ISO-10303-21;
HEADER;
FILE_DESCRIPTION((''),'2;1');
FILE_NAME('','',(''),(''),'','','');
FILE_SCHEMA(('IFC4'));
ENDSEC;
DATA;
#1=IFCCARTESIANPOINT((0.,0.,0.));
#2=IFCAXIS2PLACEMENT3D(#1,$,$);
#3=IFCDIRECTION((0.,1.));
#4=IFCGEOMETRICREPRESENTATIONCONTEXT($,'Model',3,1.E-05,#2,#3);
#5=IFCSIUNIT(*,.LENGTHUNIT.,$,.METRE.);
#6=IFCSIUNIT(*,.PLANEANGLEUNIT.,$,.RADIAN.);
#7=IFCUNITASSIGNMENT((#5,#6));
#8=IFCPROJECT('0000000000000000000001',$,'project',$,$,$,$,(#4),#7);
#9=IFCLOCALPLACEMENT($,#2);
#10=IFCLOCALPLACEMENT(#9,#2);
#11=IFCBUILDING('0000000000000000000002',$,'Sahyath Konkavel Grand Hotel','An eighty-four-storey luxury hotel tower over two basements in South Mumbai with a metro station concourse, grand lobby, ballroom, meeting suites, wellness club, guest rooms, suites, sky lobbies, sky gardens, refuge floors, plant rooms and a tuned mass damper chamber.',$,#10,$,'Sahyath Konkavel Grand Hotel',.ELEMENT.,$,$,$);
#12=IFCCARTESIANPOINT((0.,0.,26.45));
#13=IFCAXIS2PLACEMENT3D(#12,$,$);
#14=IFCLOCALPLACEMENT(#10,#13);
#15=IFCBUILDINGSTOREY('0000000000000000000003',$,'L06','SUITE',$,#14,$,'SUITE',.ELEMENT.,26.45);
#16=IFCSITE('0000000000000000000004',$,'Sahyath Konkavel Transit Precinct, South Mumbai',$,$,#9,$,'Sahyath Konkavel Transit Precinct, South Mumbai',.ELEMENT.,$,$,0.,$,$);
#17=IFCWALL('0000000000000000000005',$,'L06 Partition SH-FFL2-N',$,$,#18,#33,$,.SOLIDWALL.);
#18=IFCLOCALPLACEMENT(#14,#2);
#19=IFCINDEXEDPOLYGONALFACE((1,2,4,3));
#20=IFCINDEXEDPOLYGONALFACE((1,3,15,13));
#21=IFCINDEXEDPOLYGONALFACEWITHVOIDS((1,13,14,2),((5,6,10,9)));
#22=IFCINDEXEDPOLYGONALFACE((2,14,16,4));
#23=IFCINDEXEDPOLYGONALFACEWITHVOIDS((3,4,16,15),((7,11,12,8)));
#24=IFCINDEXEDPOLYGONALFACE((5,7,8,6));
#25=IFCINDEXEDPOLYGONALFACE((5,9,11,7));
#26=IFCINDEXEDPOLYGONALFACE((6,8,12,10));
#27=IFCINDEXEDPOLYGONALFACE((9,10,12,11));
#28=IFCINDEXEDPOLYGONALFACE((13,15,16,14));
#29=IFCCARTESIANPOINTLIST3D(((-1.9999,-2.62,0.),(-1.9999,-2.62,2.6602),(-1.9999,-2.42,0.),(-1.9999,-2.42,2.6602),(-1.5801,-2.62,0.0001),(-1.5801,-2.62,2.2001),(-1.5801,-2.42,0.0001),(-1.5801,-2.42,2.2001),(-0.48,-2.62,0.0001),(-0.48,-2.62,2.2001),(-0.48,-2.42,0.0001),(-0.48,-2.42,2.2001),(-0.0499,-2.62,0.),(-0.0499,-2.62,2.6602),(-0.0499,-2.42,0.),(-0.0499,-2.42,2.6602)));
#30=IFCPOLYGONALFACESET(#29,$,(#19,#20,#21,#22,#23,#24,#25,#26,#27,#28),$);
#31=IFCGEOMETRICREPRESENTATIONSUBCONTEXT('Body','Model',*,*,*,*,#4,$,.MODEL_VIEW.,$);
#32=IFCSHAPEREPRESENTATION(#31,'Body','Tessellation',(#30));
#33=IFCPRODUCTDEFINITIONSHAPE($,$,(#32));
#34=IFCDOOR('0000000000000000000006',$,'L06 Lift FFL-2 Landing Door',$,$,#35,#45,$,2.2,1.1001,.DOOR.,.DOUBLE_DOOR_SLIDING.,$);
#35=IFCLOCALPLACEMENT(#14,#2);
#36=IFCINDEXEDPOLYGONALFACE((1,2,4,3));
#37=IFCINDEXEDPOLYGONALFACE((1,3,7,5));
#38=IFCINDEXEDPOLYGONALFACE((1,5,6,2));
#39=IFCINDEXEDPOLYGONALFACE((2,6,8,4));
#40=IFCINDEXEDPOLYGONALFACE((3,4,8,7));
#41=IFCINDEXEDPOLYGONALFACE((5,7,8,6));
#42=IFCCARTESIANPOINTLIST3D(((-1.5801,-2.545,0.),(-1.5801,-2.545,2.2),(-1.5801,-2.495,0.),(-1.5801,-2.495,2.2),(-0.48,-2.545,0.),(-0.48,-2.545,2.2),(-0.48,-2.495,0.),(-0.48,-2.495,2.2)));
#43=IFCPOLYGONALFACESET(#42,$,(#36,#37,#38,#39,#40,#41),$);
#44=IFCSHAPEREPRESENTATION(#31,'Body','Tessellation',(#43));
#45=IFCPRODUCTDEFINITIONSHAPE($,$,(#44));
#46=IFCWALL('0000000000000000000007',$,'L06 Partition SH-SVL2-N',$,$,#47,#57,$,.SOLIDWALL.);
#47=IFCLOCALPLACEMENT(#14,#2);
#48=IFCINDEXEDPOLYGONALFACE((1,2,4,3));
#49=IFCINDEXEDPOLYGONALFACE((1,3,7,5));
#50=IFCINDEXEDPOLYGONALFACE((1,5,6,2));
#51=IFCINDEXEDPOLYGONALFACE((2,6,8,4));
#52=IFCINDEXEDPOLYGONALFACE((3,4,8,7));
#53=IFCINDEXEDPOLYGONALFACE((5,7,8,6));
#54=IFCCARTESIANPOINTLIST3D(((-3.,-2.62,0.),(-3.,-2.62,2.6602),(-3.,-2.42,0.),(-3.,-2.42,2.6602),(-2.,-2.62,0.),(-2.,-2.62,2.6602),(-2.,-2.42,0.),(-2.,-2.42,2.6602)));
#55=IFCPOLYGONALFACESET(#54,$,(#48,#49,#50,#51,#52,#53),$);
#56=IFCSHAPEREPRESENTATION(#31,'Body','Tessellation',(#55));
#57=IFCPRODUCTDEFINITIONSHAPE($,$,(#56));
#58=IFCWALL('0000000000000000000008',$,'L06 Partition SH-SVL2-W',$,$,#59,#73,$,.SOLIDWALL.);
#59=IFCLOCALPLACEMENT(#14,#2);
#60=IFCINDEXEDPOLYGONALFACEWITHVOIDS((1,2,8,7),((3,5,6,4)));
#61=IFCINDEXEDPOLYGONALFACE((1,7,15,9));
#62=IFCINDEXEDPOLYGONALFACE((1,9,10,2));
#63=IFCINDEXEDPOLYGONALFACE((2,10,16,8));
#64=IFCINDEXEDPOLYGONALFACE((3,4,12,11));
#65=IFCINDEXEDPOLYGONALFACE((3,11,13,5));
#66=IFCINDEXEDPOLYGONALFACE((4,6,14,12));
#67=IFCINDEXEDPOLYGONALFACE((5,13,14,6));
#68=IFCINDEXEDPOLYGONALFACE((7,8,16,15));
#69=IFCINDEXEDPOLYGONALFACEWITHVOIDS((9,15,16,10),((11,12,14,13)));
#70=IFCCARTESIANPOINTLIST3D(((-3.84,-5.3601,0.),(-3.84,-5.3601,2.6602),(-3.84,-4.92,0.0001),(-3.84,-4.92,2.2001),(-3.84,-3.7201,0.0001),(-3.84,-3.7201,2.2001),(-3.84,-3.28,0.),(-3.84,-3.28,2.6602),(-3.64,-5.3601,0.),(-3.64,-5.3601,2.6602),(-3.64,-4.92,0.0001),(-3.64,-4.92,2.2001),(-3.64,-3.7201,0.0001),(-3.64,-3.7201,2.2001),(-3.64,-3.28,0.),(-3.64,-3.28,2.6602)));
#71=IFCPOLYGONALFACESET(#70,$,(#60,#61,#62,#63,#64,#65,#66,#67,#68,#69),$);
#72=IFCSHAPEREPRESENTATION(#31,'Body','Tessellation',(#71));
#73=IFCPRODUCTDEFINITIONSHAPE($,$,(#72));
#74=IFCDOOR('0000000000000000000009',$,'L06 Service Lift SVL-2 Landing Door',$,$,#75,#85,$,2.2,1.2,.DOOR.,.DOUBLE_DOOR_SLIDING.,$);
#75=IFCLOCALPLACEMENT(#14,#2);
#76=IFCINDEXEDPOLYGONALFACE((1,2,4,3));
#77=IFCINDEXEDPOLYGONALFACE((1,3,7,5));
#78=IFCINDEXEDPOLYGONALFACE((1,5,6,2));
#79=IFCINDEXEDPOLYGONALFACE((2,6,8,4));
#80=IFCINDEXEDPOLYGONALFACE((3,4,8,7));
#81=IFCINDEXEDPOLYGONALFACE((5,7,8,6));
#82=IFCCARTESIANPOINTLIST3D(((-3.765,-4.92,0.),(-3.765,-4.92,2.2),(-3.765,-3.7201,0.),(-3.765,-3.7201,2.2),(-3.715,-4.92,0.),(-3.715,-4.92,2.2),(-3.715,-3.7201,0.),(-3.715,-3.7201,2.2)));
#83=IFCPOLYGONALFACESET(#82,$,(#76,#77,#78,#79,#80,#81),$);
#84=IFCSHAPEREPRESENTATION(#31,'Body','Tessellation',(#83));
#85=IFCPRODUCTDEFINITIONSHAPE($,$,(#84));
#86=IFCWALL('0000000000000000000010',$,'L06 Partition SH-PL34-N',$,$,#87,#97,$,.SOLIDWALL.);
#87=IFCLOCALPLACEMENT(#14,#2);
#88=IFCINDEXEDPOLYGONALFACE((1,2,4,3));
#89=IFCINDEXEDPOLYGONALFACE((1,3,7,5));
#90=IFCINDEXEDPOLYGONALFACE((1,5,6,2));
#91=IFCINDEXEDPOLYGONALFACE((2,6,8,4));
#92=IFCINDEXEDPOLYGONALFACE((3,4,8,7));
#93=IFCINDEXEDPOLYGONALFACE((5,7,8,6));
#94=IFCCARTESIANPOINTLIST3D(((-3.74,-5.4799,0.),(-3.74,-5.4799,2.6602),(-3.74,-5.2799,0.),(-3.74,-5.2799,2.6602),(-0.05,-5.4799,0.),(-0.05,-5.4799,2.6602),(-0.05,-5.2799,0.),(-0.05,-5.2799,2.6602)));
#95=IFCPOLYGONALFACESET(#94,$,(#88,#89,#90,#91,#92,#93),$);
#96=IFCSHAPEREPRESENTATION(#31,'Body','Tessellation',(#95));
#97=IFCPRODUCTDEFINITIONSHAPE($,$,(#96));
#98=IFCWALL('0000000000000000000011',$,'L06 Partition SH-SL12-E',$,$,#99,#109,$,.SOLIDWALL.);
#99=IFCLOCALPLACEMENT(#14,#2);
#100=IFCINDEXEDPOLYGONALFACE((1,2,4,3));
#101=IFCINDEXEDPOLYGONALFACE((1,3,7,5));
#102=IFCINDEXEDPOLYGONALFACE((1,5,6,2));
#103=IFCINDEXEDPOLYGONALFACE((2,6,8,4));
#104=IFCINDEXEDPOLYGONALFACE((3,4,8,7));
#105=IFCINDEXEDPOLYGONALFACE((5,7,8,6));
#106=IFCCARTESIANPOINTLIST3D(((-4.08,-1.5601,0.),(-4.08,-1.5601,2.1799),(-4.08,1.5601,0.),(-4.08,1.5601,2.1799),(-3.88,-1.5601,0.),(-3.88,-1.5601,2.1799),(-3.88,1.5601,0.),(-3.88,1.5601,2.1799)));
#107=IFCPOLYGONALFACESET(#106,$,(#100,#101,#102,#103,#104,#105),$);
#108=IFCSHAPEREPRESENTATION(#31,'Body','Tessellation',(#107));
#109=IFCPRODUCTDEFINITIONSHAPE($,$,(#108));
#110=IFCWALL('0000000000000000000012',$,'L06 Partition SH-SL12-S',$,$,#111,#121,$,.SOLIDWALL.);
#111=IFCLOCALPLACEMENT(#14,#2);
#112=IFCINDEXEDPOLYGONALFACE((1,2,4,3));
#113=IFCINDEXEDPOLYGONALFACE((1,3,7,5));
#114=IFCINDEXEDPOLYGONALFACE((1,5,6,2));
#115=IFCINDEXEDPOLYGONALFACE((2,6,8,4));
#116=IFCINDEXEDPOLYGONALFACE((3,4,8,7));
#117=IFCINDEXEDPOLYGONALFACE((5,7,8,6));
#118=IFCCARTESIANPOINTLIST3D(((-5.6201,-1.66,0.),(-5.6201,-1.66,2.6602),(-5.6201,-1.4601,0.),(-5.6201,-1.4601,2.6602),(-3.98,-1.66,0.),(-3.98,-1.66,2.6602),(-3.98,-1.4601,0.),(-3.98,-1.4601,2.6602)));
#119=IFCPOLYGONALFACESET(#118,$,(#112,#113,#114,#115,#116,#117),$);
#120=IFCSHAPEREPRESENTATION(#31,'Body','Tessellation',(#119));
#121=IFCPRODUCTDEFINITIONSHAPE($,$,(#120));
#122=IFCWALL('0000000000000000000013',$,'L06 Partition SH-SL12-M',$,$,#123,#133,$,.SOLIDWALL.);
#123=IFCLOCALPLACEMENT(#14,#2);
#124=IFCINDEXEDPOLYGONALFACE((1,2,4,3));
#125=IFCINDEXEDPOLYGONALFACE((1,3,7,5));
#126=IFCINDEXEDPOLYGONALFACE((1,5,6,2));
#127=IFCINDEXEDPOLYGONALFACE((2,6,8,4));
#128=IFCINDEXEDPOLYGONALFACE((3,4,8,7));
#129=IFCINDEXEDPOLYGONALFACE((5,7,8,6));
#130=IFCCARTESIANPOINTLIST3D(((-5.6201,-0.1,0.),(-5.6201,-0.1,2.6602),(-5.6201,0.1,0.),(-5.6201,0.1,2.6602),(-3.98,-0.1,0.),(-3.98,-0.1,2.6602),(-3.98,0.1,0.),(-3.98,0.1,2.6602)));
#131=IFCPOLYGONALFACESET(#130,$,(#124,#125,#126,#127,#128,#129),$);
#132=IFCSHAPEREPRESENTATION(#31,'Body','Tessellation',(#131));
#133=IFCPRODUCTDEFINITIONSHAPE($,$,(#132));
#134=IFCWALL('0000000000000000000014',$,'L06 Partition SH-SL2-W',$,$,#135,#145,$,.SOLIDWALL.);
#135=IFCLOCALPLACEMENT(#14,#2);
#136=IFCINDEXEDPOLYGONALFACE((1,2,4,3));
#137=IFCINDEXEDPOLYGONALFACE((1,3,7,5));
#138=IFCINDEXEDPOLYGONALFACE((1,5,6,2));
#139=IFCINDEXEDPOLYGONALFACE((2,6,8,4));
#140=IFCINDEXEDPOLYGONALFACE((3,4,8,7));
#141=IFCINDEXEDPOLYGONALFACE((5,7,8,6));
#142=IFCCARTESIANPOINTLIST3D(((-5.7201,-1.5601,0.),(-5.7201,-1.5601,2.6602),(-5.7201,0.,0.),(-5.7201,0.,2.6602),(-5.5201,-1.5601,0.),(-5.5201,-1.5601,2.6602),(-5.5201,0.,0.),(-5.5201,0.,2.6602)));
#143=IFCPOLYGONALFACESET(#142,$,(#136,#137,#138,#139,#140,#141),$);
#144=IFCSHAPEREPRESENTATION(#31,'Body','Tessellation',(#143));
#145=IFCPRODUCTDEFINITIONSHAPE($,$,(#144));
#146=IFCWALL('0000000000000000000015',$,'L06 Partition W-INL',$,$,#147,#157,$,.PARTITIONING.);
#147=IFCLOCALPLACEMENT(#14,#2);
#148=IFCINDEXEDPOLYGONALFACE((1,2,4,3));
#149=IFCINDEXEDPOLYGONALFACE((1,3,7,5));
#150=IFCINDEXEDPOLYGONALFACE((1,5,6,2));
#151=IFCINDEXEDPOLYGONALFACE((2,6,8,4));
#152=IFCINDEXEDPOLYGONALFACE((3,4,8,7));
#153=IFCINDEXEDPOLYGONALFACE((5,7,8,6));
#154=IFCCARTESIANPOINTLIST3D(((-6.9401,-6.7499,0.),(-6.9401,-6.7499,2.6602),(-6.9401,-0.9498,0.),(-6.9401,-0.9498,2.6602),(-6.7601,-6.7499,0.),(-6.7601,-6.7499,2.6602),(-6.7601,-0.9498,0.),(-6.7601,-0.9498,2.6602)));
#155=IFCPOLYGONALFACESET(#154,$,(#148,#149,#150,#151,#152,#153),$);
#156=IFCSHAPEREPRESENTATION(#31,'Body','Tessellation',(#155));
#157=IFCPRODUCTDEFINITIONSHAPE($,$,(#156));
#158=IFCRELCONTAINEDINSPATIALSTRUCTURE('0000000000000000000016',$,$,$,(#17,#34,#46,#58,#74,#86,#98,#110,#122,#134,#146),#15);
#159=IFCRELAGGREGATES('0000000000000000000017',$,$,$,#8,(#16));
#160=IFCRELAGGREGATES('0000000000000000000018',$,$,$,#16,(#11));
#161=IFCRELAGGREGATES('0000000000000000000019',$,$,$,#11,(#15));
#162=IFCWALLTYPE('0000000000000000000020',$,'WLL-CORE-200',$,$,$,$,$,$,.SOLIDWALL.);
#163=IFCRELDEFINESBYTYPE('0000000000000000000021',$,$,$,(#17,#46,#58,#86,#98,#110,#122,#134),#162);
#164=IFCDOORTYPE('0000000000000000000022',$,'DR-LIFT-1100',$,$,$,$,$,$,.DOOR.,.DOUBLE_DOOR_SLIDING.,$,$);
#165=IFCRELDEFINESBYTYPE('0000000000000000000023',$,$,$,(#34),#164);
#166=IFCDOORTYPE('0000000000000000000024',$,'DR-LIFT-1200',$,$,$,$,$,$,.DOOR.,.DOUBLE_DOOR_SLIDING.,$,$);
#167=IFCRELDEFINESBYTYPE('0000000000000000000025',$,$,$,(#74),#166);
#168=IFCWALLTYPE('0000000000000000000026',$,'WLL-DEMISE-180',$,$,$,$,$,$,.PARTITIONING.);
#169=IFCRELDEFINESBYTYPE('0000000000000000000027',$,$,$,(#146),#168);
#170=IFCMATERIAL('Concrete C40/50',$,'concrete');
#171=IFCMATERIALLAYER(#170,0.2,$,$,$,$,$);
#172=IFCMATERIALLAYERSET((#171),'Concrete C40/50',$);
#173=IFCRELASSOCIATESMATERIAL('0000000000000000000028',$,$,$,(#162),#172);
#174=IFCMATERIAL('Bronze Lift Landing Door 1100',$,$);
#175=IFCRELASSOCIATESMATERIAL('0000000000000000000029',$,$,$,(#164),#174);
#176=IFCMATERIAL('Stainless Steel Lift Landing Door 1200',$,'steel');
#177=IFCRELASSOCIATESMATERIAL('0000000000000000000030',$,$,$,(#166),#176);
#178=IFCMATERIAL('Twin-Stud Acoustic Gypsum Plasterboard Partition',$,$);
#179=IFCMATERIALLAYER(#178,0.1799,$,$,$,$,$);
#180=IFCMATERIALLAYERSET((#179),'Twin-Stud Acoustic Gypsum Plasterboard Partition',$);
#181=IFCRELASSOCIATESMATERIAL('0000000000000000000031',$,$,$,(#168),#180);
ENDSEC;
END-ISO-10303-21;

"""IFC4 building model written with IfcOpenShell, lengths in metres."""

from ifc_helpers import new_model, si_unit, direction, frame, frame_2d, origin, origin_2d, place, context, subcontext, project, spatial, rectangle, extrude, source, transform, mapped, material, layer, layer_set, type_object, element, fill, save


model = new_model("IFC4")

# Units and contexts
model_context = context("Model", 3, precision=1e-05, world=origin(), true_north=direction((0.0, 1.0)))
body_context = subcontext(model_context, "Body", "Model", "MODEL_VIEW")
ifc_project = project(units=[si_unit("LENGTHUNIT", "METRE"), si_unit("PLANEANGLEUNIT", "RADIAN")], contexts=[model_context])

# Site, building, storey
site_placement = place(None, origin())
site = spatial("IfcSite", under=ifc_project, at=site_placement, Name="Sahyath Konkavel Transit Precinct, South Mumbai", LongName="Sahyath Konkavel Transit Precinct, South Mumbai", CompositionType="ELEMENT", RefElevation=0.0)
building_placement = place(site_placement, origin())
building = spatial("IfcBuilding", under=site, at=building_placement, Name="Sahyath Konkavel Grand Hotel", Description="An eighty-four-storey luxury hotel tower over two basements in South Mumbai with a metro station concourse, grand lobby, ballroom, meeting suites, wellness club, guest rooms, suites, sky lobbies, sky gardens, refuge floors, plant rooms and a tuned mass damper chamber.", LongName="Sahyath Konkavel Grand Hotel", CompositionType="ELEMENT")
storey_placement = place(building_placement, frame((0.0, 0.0, 26.45)))
storey = spatial("IfcBuildingStorey", under=building, at=storey_placement, Name="L06", Description="SUITE", LongName="SUITE", CompositionType="ELEMENT", Elevation=26.45)

# Shared definitions
ifc_material_1 = material(Name="Concrete C40/50", Category="concrete")
ifc_layer_1 = layer(ifc_material_1, 0.2)
ifc_layer_set_1 = layer_set([ifc_layer_1], Name="Concrete C40/50")
wall_type_1 = type_object("IfcWallType", Name="WLL-CORE-200", PredefinedType="SOLIDWALL", material=ifc_layer_set_1)

# Wall, opening, door
wall_1_placement = place(storey_placement, frame((-2.0, -2.52, 0.0), z_axis=(0.0, 0.0, 1.0), x_axis=(1.0, 0.0, 0.0)))
wall_1 = element("IfcWall", 1, at=wall_1_placement, inside=storey, type_object=wall_type_1, Name="L06 Partition SH-FFL2-N", PredefinedType="SOLIDWALL", context=body_context, shape_type="SweptSolid", body=[
    extrude(rectangle(XDim=1.95, YDim=0.2, at=frame_2d((0.9751, 0.0))), origin(), (0.0, 0.0, 1.0), 2.6602),
])
opening_1_placement = place(wall_1_placement, frame((0.4199, 0.0, 0.0)))
opening_1 = element("IfcOpeningElement", 2, at=opening_1_placement, cuts=wall_1, PredefinedType="OPENING", context=body_context, shape_type="SweptSolid", body=[
    extrude(rectangle(XDim=1.1001, YDim=2.2, at=frame_2d((0.55, 1.1001))), frame((0.0, 0.1099, 0.0), z_axis=(0.0, -1.0, 0.0), x_axis=(1.0, 0.0, 0.0)), (0.0, 0.0, 1.0), 0.22),
])
ifc_material_2 = material(Name="Bronze Lift Landing Door 1100")
door_type_1 = type_object("IfcDoorType", Name="DR-LIFT-1100", OperationType="DOUBLE_DOOR_SLIDING", PredefinedType="DOOR", material=ifc_material_2)
shared_shape_1 = source(origin(), body_context, "Body", "SweptSolid", [
    extrude(rectangle(XDim=1.1001, YDim=0.05, at=origin_2d()), origin(), (0.0, 0.0, 1.0), 2.2),
])
door_1_placement = place(opening_1_placement, frame((0.55, 0.0, 0.0)))
door_1 = element("IfcDoor", 3, at=door_1_placement, inside=storey, type_object=door_type_1, Name="L06 Lift FFL-2 Landing Door", OperationType="DOUBLE_DOOR_SLIDING", OverallHeight=2.2, OverallWidth=1.1001, PredefinedType="DOOR", context=body_context, shape_type="MappedRepresentation", body=[
    mapped(shared_shape_1, transform((0.0, 0.0, 0.0), scale=1.0)),
])
fill(opening_1, door_1)

# Wall
wall_2_placement = place(storey_placement, frame((-3.0, -2.52, 0.0), z_axis=(0.0, 0.0, 1.0), x_axis=(1.0, 0.0, 0.0)))
element("IfcWall", 4, at=wall_2_placement, inside=storey, type_object=wall_type_1, Name="L06 Partition SH-SVL2-N", PredefinedType="SOLIDWALL", context=body_context, shape_type="SweptSolid", body=[
    extrude(rectangle(XDim=1.0, YDim=0.2, at=frame_2d((0.5, 0.0))), origin(), (0.0, 0.0, 1.0), 2.6602),
])

# Wall, opening, door
wall_3_placement = place(storey_placement, frame((-3.74, -5.3601, 0.0), z_axis=(0.0, 0.0, 1.0), x_axis=(0.0, 1.0, 0.0)))
wall_3 = element("IfcWall", 5, at=wall_3_placement, inside=storey, type_object=wall_type_1, Name="L06 Partition SH-SVL2-W", PredefinedType="SOLIDWALL", context=body_context, shape_type="SweptSolid", body=[
    extrude(rectangle(XDim=2.0801, YDim=0.2, at=frame_2d((1.04, 0.0))), origin(), (0.0, 0.0, 1.0), 2.6602),
])
opening_2_placement = place(wall_3_placement, frame((0.4399, 0.0, 0.0)))
opening_2 = element("IfcOpeningElement", 6, at=opening_2_placement, cuts=wall_3, PredefinedType="OPENING", context=body_context, shape_type="SweptSolid", body=[
    extrude(rectangle(XDim=1.2, YDim=2.2, at=frame_2d((0.6001, 1.1001))), frame((0.0, 0.1099, 0.0), z_axis=(0.0, -1.0, 0.0), x_axis=(1.0, 0.0, 0.0)), (0.0, 0.0, 1.0), 0.22),
])
ifc_material_3 = material(Name="Stainless Steel Lift Landing Door 1200", Category="steel")
door_type_2 = type_object("IfcDoorType", Name="DR-LIFT-1200", OperationType="DOUBLE_DOOR_SLIDING", PredefinedType="DOOR", material=ifc_material_3)
shared_shape_2 = source(origin(), body_context, "Body", "SweptSolid", [
    extrude(rectangle(XDim=1.2, YDim=0.05, at=origin_2d()), origin(), (0.0, 0.0, 1.0), 2.2),
])
door_2_placement = place(opening_2_placement, frame((0.6001, 0.0, 0.0)))
door_2 = element("IfcDoor", 7, at=door_2_placement, inside=storey, type_object=door_type_2, Name="L06 Service Lift SVL-2 Landing Door", OperationType="DOUBLE_DOOR_SLIDING", OverallHeight=2.2, OverallWidth=1.2, PredefinedType="DOOR", context=body_context, shape_type="MappedRepresentation", body=[
    mapped(shared_shape_2, transform((0.0, 0.0, 0.0), scale=1.0)),
])
fill(opening_2, door_2)

# Walls
wall_4_placement = place(storey_placement, frame((-3.74, -5.3799, 0.0), z_axis=(0.0, 0.0, 1.0), x_axis=(1.0, 0.0, 0.0)))
element("IfcWall", 8, at=wall_4_placement, inside=storey, type_object=wall_type_1, Name="L06 Partition SH-PL34-N", PredefinedType="SOLIDWALL", context=body_context, shape_type="SweptSolid", body=[
    extrude(rectangle(XDim=3.6899, YDim=0.2, at=frame_2d((1.845, 0.0))), origin(), (0.0, 0.0, 1.0), 2.6602),
])
wall_5_placement = place(storey_placement, frame((-3.98, -1.5601, 0.0), z_axis=(0.0, 0.0, 1.0), x_axis=(0.0, 1.0, 0.0)))
element("IfcWall", 9, at=wall_5_placement, inside=storey, type_object=wall_type_1, Name="L06 Partition SH-SL12-E", PredefinedType="SOLIDWALL", context=body_context, shape_type="SweptSolid", body=[
    extrude(rectangle(XDim=3.1201, YDim=0.2, at=frame_2d((1.5601, 0.0))), origin(), (0.0, 0.0, 1.0), 2.1799),
])
for number, where, z_axis, x_axis, name in (
    (10, (-5.6201, -1.5601, 0.0), (0.0, 0.0, 1.0), (1.0, 0.0, 0.0), "L06 Partition SH-SL12-S"),
    (11, (-5.6201, 0.0, 0.0), (0.0, 0.0, 1.0), (1.0, 0.0, 0.0), "L06 Partition SH-SL12-M"),
):
    element("IfcWall", number, at=place(storey_placement, frame(where, z_axis=z_axis, x_axis=x_axis)), inside=storey, type_object=wall_type_1, Name=name, PredefinedType="SOLIDWALL", context=body_context, shape_type="SweptSolid", body=[
        extrude(rectangle(XDim=1.6401, YDim=0.2, at=frame_2d((0.8201, 0.0))), origin(), (0.0, 0.0, 1.0), 2.6602),
    ])
wall_6_placement = place(storey_placement, frame((-5.6201, -1.5601, 0.0), z_axis=(0.0, 0.0, 1.0), x_axis=(0.0, 1.0, 0.0)))
element("IfcWall", 12, at=wall_6_placement, inside=storey, type_object=wall_type_1, Name="L06 Partition SH-SL2-W", PredefinedType="SOLIDWALL", context=body_context, shape_type="SweptSolid", body=[
    extrude(rectangle(XDim=1.5601, YDim=0.2, at=frame_2d((0.78, 0.0))), origin(), (0.0, 0.0, 1.0), 2.6602),
])
ifc_material_4 = material(Name="Twin-Stud Acoustic Gypsum Plasterboard Partition")
ifc_layer_2 = layer(ifc_material_4, 0.1799)
ifc_layer_set_2 = layer_set([ifc_layer_2], Name="Twin-Stud Acoustic Gypsum Plasterboard Partition")
wall_type_2 = type_object("IfcWallType", Name="WLL-DEMISE-180", PredefinedType="PARTITIONING", material=ifc_layer_set_2)
wall_7_placement = place(storey_placement, frame((-6.8501, -0.95, 0.0), z_axis=(0.0, 0.0, 1.0), x_axis=(0.0, -1.0, 0.0)))
element("IfcWall", 13, at=wall_7_placement, inside=storey, type_object=wall_type_2, Name="L06 Partition W-INL", PredefinedType="PARTITIONING", context=body_context, shape_type="SweptSolid", body=[
    extrude(rectangle(XDim=5.8, YDim=0.1799, at=frame_2d((2.8999, 0.0))), origin(), (0.0, 0.0, 1.0), 2.6602),
])

save(model, "model.ifc")
